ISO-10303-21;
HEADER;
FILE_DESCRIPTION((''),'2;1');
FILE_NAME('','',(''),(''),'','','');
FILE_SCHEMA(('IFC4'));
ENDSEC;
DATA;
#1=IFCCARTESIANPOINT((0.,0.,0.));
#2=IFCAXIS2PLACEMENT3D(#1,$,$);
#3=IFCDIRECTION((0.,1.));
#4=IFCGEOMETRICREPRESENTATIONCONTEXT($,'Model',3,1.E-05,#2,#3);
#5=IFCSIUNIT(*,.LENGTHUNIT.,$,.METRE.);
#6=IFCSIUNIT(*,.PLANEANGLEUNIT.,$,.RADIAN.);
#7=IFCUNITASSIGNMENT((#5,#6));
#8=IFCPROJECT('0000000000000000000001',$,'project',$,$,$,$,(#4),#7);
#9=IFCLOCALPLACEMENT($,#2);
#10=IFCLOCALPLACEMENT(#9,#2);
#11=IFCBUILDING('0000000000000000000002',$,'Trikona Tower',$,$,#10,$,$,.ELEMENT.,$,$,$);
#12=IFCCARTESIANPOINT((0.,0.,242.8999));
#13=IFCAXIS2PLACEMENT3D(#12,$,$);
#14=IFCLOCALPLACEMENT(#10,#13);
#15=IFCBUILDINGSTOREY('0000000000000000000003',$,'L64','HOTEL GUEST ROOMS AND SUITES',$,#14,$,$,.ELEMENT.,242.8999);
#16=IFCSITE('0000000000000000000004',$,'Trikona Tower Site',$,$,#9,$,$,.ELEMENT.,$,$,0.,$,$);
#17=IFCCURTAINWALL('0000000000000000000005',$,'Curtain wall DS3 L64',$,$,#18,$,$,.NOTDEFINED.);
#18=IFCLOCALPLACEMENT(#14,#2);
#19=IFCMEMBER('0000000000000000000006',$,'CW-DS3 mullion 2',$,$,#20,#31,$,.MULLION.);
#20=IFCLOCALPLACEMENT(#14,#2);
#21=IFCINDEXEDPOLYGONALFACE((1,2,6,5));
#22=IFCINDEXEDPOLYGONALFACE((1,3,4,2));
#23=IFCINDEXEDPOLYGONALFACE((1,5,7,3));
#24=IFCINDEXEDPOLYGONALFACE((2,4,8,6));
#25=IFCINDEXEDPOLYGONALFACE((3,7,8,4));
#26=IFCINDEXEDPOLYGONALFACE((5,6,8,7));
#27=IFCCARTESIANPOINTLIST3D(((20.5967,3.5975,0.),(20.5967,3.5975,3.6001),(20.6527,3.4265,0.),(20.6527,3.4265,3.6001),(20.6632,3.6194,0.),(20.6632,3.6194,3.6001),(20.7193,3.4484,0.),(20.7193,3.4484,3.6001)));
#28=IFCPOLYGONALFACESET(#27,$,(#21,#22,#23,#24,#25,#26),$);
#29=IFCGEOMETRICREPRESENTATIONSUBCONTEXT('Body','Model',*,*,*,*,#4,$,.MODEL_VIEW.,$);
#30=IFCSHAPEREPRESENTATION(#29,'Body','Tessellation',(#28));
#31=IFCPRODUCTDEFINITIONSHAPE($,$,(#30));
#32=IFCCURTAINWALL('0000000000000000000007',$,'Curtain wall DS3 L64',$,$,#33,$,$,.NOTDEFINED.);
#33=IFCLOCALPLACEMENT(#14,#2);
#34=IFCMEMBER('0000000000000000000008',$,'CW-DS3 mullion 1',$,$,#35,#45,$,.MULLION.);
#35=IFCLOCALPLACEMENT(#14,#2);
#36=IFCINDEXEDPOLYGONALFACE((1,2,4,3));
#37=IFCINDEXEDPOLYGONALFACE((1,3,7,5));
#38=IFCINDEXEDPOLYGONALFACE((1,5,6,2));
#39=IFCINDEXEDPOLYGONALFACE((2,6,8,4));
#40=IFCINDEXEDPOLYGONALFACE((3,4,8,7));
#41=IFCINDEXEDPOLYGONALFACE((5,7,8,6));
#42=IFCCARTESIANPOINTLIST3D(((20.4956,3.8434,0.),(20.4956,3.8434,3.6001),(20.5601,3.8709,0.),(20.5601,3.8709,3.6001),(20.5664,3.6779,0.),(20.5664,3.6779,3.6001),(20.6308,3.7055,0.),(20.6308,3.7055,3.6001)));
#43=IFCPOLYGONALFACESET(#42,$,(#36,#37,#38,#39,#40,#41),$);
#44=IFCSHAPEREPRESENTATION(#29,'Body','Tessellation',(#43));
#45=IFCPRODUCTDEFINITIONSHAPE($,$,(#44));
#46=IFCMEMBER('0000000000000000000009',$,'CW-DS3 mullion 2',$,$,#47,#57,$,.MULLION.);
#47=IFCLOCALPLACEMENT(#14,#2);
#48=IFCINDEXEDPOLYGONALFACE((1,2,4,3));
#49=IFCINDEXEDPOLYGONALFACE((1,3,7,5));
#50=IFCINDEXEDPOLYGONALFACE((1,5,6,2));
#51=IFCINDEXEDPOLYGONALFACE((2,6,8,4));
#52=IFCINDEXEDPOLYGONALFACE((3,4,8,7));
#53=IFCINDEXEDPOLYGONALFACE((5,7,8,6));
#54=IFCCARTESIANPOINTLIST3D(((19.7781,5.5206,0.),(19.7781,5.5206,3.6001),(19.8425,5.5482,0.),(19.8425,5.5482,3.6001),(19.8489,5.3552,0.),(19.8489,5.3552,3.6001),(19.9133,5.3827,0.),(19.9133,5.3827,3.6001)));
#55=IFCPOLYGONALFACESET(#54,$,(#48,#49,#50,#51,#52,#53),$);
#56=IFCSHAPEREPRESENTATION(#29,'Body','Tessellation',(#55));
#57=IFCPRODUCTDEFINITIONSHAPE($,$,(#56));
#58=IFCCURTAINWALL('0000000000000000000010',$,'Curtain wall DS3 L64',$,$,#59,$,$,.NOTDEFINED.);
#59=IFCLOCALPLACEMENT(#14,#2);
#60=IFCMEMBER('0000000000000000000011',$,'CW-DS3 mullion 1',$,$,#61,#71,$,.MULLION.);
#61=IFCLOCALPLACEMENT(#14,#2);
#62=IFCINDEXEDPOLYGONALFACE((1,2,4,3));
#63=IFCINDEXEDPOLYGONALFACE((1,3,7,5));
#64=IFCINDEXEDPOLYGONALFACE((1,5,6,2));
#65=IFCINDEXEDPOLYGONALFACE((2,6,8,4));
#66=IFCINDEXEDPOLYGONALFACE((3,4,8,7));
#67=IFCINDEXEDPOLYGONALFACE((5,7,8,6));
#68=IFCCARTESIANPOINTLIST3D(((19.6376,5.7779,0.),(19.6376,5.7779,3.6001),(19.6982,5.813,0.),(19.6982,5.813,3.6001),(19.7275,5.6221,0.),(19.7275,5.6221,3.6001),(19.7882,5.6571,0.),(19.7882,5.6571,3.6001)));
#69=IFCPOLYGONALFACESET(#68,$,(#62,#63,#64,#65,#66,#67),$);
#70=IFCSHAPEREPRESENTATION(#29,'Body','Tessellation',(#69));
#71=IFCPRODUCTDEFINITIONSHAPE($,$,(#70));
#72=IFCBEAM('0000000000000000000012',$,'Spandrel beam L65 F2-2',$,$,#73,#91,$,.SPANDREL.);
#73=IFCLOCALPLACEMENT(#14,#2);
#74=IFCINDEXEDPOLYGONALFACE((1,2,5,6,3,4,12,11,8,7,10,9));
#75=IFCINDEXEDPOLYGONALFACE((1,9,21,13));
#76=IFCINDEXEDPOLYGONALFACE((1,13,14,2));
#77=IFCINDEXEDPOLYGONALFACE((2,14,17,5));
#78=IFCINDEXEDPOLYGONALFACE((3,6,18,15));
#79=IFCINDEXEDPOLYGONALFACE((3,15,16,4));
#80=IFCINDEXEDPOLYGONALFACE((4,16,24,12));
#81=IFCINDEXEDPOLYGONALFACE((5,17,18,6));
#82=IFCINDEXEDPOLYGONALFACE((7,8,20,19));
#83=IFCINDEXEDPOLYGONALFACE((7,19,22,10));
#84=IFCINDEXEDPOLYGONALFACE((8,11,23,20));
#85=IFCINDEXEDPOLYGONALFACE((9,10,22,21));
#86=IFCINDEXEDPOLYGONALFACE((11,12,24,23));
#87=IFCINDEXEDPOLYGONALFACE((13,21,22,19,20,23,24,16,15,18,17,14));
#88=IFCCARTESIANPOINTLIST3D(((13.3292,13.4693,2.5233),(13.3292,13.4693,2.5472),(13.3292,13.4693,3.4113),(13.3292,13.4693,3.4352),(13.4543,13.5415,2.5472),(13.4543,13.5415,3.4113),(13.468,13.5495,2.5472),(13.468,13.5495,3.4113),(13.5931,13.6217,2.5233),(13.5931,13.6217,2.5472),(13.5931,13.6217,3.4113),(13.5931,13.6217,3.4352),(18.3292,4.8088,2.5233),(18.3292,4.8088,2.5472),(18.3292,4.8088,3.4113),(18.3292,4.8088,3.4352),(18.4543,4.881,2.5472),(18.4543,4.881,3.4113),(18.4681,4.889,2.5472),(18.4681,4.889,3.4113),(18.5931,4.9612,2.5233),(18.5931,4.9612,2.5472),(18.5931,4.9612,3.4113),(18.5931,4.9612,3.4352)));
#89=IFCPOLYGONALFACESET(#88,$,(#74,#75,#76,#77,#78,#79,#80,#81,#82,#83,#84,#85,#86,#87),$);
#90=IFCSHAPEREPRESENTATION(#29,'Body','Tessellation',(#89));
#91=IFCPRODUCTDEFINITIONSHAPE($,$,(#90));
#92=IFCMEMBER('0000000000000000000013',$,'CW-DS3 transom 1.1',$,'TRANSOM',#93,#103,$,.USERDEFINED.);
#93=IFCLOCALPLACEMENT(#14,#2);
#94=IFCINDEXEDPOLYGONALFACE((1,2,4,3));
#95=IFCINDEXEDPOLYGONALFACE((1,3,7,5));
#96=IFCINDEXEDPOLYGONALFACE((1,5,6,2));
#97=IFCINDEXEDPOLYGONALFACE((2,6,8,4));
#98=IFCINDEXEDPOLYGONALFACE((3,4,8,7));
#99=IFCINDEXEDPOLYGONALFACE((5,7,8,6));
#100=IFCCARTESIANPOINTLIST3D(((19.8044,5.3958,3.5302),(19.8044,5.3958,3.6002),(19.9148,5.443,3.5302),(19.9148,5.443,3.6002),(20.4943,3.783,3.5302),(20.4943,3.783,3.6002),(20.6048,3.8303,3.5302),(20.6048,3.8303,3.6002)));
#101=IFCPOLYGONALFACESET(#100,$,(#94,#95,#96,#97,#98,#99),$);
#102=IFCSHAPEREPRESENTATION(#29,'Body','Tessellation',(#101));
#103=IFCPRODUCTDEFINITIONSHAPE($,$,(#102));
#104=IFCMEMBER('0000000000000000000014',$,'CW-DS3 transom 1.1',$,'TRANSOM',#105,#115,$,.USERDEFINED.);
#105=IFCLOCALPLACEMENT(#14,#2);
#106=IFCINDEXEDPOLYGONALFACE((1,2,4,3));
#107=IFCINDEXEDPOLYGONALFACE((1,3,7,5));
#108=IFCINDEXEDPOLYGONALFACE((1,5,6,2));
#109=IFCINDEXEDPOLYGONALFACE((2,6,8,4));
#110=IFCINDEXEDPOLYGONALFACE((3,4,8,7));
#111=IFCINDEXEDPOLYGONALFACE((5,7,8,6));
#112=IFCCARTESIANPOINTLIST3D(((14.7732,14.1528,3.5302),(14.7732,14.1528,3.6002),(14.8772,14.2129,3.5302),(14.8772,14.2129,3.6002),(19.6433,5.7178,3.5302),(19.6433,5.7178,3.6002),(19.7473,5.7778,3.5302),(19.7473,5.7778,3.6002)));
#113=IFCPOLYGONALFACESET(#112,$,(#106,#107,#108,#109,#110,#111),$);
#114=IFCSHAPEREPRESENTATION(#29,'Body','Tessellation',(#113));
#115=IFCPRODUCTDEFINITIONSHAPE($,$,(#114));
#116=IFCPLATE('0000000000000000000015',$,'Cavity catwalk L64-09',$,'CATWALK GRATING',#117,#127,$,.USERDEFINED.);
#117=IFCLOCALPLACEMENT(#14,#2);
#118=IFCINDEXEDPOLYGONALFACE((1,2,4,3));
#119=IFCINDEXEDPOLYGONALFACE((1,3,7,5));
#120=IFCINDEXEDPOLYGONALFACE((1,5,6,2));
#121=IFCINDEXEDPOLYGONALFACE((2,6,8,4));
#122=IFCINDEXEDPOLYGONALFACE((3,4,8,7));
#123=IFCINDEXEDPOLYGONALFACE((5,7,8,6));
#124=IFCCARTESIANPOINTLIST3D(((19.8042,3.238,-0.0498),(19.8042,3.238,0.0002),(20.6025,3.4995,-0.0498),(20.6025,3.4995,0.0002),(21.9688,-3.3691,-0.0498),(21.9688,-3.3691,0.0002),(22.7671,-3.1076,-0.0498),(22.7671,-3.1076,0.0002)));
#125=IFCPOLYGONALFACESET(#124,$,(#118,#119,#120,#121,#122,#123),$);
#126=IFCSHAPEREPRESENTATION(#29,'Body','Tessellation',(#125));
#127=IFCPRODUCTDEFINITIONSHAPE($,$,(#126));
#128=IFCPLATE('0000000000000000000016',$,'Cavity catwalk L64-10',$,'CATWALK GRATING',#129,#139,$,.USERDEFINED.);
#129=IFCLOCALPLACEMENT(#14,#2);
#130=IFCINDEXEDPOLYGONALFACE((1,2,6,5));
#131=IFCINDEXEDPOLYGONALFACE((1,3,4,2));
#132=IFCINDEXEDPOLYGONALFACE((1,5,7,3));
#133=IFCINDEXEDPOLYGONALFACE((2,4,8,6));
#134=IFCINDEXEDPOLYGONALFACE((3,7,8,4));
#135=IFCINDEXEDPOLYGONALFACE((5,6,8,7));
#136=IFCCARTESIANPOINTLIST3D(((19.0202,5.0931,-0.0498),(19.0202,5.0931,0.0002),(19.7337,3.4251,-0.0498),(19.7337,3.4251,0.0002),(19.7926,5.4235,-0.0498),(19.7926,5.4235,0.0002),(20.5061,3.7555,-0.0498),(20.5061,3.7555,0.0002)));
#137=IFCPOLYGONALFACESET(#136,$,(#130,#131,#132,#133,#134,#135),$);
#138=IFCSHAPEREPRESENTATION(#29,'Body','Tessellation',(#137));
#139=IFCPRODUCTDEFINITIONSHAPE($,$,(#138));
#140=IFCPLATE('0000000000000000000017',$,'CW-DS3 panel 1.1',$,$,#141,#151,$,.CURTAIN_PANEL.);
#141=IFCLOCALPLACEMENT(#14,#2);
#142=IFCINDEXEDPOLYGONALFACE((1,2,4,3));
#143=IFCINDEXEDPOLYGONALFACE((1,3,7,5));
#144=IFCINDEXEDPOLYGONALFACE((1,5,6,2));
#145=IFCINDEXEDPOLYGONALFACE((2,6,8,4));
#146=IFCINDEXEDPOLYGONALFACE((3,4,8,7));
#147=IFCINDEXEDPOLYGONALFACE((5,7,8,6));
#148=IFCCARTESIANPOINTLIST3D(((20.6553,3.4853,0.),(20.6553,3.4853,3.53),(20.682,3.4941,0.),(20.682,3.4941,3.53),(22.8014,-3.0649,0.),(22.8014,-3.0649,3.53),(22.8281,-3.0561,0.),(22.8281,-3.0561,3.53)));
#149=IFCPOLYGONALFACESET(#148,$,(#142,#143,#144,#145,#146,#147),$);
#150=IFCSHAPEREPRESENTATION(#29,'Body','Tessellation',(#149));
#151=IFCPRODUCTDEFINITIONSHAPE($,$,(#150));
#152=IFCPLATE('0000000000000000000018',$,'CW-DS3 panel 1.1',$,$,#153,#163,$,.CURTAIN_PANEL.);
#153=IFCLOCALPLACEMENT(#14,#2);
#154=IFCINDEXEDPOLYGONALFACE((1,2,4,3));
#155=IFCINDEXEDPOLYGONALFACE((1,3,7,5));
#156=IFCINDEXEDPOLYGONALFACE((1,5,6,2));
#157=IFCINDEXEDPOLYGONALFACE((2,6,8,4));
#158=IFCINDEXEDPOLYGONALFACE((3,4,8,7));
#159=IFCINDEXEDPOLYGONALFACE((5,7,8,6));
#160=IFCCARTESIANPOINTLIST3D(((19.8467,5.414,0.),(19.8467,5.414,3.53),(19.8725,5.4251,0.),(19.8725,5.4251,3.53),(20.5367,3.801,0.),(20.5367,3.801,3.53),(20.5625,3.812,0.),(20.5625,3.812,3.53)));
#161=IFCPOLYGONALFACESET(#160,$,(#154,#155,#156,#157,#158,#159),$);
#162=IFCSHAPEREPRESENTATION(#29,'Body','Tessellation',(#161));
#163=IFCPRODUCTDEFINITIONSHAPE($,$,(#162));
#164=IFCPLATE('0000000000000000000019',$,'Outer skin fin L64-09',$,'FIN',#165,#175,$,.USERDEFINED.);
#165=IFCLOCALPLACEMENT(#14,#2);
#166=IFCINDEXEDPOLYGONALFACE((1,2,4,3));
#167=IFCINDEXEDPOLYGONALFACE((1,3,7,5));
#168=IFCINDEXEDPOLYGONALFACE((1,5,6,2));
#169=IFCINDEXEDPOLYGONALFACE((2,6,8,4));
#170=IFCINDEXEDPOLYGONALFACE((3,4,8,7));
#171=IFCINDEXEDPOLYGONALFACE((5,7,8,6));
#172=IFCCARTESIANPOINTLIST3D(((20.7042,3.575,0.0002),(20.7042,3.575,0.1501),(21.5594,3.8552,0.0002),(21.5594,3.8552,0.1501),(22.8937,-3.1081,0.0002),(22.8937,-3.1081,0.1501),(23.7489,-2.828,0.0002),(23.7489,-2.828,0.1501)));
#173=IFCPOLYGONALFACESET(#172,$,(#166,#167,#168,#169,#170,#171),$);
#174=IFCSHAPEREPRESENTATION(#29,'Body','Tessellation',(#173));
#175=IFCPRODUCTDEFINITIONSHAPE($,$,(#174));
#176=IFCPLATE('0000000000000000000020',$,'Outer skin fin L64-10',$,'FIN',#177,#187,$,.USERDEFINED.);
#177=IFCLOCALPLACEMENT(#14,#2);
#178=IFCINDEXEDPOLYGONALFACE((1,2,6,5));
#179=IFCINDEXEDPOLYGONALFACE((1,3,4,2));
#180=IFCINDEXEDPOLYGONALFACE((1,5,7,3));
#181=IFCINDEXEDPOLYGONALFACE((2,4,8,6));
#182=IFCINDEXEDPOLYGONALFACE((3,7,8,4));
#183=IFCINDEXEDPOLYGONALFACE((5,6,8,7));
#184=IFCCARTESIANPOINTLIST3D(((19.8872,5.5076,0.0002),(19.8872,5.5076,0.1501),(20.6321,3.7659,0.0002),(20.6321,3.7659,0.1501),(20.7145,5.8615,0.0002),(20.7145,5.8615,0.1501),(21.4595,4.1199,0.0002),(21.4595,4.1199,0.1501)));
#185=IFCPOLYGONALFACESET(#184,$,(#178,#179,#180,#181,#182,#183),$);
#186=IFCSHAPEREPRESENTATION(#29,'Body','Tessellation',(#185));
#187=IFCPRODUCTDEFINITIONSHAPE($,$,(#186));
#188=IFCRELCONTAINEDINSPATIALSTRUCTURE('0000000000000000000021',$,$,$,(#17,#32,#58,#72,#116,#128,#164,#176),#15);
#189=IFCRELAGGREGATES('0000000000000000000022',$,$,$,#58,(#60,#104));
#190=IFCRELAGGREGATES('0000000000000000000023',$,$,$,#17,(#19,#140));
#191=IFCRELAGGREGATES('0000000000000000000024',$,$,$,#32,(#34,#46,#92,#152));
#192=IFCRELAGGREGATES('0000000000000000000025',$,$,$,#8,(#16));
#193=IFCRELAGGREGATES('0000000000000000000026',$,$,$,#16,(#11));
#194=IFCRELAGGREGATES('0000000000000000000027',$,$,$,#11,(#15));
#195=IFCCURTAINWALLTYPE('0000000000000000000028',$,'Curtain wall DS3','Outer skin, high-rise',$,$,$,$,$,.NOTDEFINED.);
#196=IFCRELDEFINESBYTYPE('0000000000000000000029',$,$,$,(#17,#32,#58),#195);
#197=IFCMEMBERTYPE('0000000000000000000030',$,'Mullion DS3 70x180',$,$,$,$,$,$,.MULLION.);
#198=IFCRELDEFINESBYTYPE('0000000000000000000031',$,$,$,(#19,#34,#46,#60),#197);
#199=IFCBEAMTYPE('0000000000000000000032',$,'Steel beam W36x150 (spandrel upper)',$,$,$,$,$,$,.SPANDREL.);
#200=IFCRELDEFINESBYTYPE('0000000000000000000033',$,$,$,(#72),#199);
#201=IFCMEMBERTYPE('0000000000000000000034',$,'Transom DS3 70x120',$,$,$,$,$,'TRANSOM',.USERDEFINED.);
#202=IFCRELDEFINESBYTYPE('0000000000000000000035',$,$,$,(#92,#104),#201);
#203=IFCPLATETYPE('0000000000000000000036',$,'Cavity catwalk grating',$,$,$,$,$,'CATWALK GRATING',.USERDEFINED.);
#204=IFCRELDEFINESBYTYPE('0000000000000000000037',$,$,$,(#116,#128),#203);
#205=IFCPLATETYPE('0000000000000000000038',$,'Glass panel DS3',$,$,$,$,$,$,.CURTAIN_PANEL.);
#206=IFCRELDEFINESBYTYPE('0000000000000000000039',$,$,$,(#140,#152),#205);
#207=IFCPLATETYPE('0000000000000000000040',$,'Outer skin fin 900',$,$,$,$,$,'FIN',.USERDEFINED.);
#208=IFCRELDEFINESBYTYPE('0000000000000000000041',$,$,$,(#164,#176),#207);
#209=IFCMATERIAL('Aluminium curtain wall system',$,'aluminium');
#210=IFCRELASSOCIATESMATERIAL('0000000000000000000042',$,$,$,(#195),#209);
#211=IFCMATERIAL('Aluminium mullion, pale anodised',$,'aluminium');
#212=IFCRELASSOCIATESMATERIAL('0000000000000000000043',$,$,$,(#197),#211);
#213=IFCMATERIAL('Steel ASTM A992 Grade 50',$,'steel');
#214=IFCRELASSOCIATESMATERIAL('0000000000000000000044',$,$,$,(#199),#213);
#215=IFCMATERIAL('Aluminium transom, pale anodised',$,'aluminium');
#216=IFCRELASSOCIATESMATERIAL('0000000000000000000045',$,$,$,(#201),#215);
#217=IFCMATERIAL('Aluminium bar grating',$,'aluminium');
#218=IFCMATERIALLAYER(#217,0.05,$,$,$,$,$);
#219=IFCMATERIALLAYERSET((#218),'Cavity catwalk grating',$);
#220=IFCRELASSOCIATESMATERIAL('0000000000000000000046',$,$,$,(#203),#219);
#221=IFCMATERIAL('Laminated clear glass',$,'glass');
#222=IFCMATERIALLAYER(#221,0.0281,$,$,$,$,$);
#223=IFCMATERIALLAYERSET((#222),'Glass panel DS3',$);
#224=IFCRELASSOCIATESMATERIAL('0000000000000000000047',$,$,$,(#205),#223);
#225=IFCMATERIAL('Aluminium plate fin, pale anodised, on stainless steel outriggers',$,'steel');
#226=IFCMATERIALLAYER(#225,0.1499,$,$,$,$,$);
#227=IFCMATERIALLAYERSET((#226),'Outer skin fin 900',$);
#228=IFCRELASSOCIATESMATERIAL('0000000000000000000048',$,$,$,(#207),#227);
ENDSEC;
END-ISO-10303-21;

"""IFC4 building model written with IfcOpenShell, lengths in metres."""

from ifc_helpers import new_model, si_unit, direction, frame, origin, origin_2d, place, context, subcontext, project, spatial, rectangle, i_section, extrude, material, layer, layer_set, material_profile, profile_set, type_object, element, aggregate, save


model = new_model("IFC4")

# Units and contexts
model_context = context("Model", 3, precision=1e-05, world=origin(), true_north=direction((0.0, 1.0)))
body_context = subcontext(model_context, "Body", "Model", "MODEL_VIEW")
ifc_project = project(units=[si_unit("LENGTHUNIT", "METRE"), si_unit("PLANEANGLEUNIT", "RADIAN")], contexts=[model_context])

# Site, building, storey
site_placement = place(None, origin())
site = spatial("IfcSite", under=ifc_project, at=site_placement, Name="Trikona Tower Site", CompositionType="ELEMENT", RefElevation=0.0)
building_placement = place(site_placement, origin())
building = spatial("IfcBuilding", under=site, at=building_placement, Name="Trikona Tower", CompositionType="ELEMENT")
storey_placement = place(building_placement, frame((0.0, 0.0, 242.8999)))
storey = spatial("IfcBuildingStorey", under=building, at=storey_placement, Name="L64", Description="HOTEL GUEST ROOMS AND SUITES", CompositionType="ELEMENT", Elevation=242.8999)

# Curtain wall, member
ifc_material_1 = material(Name="Aluminium curtain wall system", Category="aluminium")
curtain_wall_type = type_object("IfcCurtainWallType", Name="Curtain wall DS3", Description="Outer skin, high-rise", PredefinedType="NOTDEFINED", material=ifc_material_1)
curtain_wall_1_placement = place(storey_placement, origin())
curtain_wall_1 = element("IfcCurtainWall", 1, at=curtain_wall_1_placement, inside=storey, type_object=curtain_wall_type, Name="Curtain wall DS3 L64", PredefinedType="NOTDEFINED")
ifc_material_2 = material(Name="Aluminium mullion, pale anodised", Category="aluminium")
ifc_material_profile_1 = material_profile(ifc_material_2, rectangle(XDim=0.0701, YDim=0.1799, at=origin_2d()), Name="MUL-DS3")
ifc_profile_set_1 = profile_set([ifc_material_profile_1], Name="Aluminium mullion, pale anodised")
member_type_1 = type_object("IfcMemberType", Name="Mullion DS3 70x180", PredefinedType="MULLION", material=ifc_profile_set_1)
member_1_placement = place(storey_placement, frame((20.658, 3.5229, 0.0), z_axis=(0.0, 0.0, 1.0), x_axis=(-0.950297, -0.311344, 0.0)))
member_1 = element("IfcMember", 2, at=member_1_placement, type_object=member_type_1, Name="CW-DS3 mullion 2", PredefinedType="MULLION", context=body_context, shape_type="SweptSolid", body=[
    extrude(rectangle(XDim=0.0701, YDim=0.1799, at=origin_2d()), origin(), (0.0, 0.0, 1.0), 3.6001),
])

# Curtain wall, members
curtain_wall_2_placement = place(storey_placement, origin())
curtain_wall_2 = element("IfcCurtainWall", 3, at=curtain_wall_2_placement, inside=storey, type_object=curtain_wall_type, Name="Curtain wall DS3 L64", PredefinedType="NOTDEFINED")
member_2_placement = place(storey_placement, frame((20.5632, 3.7744, 0.0), z_axis=(0.0, 0.0, 1.0), x_axis=(-0.919421, -0.393276, 0.0)))
member_2 = element("IfcMember", 4, at=member_2_placement, type_object=member_type_1, Name="CW-DS3 mullion 1", PredefinedType="MULLION", context=body_context, shape_type="SweptSolid", body=[
    extrude(rectangle(XDim=0.0701, YDim=0.1799, at=origin_2d()), origin(), (0.0, 0.0, 1.0), 3.6001),
])
member_3_placement = place(storey_placement, frame((19.8457, 5.4517, 0.0), z_axis=(0.0, 0.0, 1.0), x_axis=(-0.919421, -0.393276, 0.0)))
member_3 = element("IfcMember", 5, at=member_3_placement, type_object=member_type_1, Name="CW-DS3 mullion 2", PredefinedType="MULLION", context=body_context, shape_type="SweptSolid", body=[
    extrude(rectangle(XDim=0.0701, YDim=0.1799, at=origin_2d()), origin(), (0.0, 0.0, 1.0), 3.6001),
])

# Curtain wall, member
curtain_wall_3_placement = place(storey_placement, origin())
curtain_wall_3 = element("IfcCurtainWall", 6, at=curtain_wall_3_placement, inside=storey, type_object=curtain_wall_type, Name="Curtain wall DS3 L64", PredefinedType="NOTDEFINED")
member_4_placement = place(storey_placement, frame((19.7129, 5.7175, 0.0), z_axis=(0.0, 0.0, 1.0), x_axis=(-0.866025, -0.500001, 0.0)))
member_4 = element("IfcMember", 7, at=member_4_placement, type_object=member_type_1, Name="CW-DS3 mullion 1", PredefinedType="MULLION", context=body_context, shape_type="SweptSolid", body=[
    extrude(rectangle(XDim=0.0701, YDim=0.1799, at=origin_2d()), origin(), (0.0, 0.0, 1.0), 3.6001),
])

# Beam
ifc_material_3 = material(Name="Steel ASTM A992 Grade 50", Category="steel")
ifc_material_profile_2 = material_profile(ifc_material_3, i_section(OverallWidth=0.3047, OverallDepth=0.9119, WebThickness=0.0159, FlangeThickness=0.0239, at=origin_2d()), Name="W36X150")
ifc_profile_set_2 = profile_set([ifc_material_profile_2], Name="Steel ASTM A992 Grade 50")
beam_type = type_object("IfcBeamType", Name="Steel beam W36x150 (spandrel upper)", PredefinedType="SPANDREL", material=ifc_profile_set_2)
beam_placement = place(storey_placement, frame((18.4612, 4.885, 2.9792), z_axis=(-0.499994, 0.866029, 0.0), x_axis=(-0.866029, -0.499994, 0.0)))
element("IfcBeam", 8, at=beam_placement, inside=storey, type_object=beam_type, Name="Spandrel beam L65 F2-2", PredefinedType="SPANDREL", context=body_context, shape_type="SweptSolid", body=[
    extrude(i_section(OverallWidth=0.3047, OverallDepth=0.9119, WebThickness=0.0159, FlangeThickness=0.0239, at=origin_2d()), origin(), (0.0, 0.0, 1.0), 10.0002),
])

# Members
ifc_material_4 = material(Name="Aluminium transom, pale anodised", Category="aluminium")
ifc_material_profile_3 = material_profile(ifc_material_4, rectangle(XDim=0.1201, YDim=0.0701, at=origin_2d()), Name="TRN-DS3")
ifc_profile_set_3 = profile_set([ifc_material_profile_3], Name="Aluminium transom, pale anodised")
member_type_2 = type_object("IfcMemberType", Name="Transom DS3 70x120", ElementType="TRANSOM", PredefinedType="USERDEFINED", material=ifc_profile_set_3)
member_5_placement = place(storey_placement, frame((20.5496, 3.8066, 3.5652), z_axis=(-0.393315, 0.919404, 0.0), x_axis=(-0.919404, -0.393315, 0.0)))
member_5 = element("IfcMember", 9, at=member_5_placement, type_object=member_type_2, Name="CW-DS3 transom 1.1", ObjectType="TRANSOM", PredefinedType="USERDEFINED", context=body_context, shape_type="SweptSolid", body=[
    extrude(rectangle(XDim=0.1201, YDim=0.0701, at=origin_2d()), origin(), (0.0, 0.0, 1.0), 1.7542),
])
member_6_placement = place(storey_placement, frame((19.6953, 5.7478, 3.5652), z_axis=(-0.50001, 0.866019, 0.0), x_axis=(-0.866019, -0.50001, 0.0)))
member_6 = element("IfcMember", 10, at=member_6_placement, type_object=member_type_2, Name="CW-DS3 transom 1.1", ObjectType="TRANSOM", PredefinedType="USERDEFINED", context=body_context, shape_type="SweptSolid", body=[
    extrude(rectangle(XDim=0.1201, YDim=0.0701, at=origin_2d()), origin(), (0.0, 0.0, 1.0), 9.74),
])
aggregate(curtain_wall_3, [member_4, member_6])

# Plates
ifc_material_5 = material(Name="Aluminium bar grating", Category="aluminium")
ifc_layer_1 = layer(ifc_material_5, 0.05)
ifc_layer_set_1 = layer_set([ifc_layer_1], Name="Cavity catwalk grating")
plate_type_1 = type_object("IfcPlateType", Name="Cavity catwalk grating", ElementType="CATWALK GRATING", PredefinedType="USERDEFINED", material=ifc_layer_set_1)
plate_1_placement = place(storey_placement, frame((21.2856, 0.0652, -0.0498), z_axis=(0.0, 0.0, 1.0), x_axis=(-0.311337, 0.9503, 0.0)))
element("IfcPlate", 11, at=plate_1_placement, inside=storey, type_object=plate_type_1, Name="Cavity catwalk L64-09", ObjectType="CATWALK GRATING", PredefinedType="USERDEFINED", context=body_context, shape_type="SweptSolid", body=[
    extrude(rectangle(XDim=6.9526, YDim=0.8401, at=origin_2d()), origin(), (0.0, 0.0, 1.0), 0.05),
])
plate_2_placement = place(storey_placement, frame((19.7632, 4.4243, -0.0498), z_axis=(0.0, 0.0, 1.0), x_axis=(-0.393284, 0.919417, 0.0)))
element("IfcPlate", 12, at=plate_2_placement, inside=storey, type_object=plate_type_1, Name="Cavity catwalk L64-10", ObjectType="CATWALK GRATING", PredefinedType="USERDEFINED", context=body_context, shape_type="SweptSolid", body=[
    extrude(rectangle(XDim=1.8142, YDim=0.8401, at=origin_2d()), origin(), (0.0, 0.0, 1.0), 0.05),
])

# Plates
ifc_material_6 = material(Name="Laminated clear glass", Category="glass")
ifc_layer_2 = layer(ifc_material_6, 0.0281)
ifc_layer_set_2 = layer_set([ifc_layer_2], Name="Glass panel DS3")
plate_type_2 = type_object("IfcPlateType", Name="Glass panel DS3", PredefinedType="CURTAIN_PANEL", material=ifc_layer_set_2)
plate_3_placement = place(storey_placement, frame((21.7417, 0.2146, 0.0), z_axis=(0.0, 0.0, 1.0), x_axis=(-0.311344, 0.950297, 0.0)))
plate_3 = element("IfcPlate", 13, at=plate_3_placement, type_object=plate_type_2, Name="CW-DS3 panel 1.1", PredefinedType="CURTAIN_PANEL", context=body_context, shape_type="SweptSolid", body=[
    extrude(rectangle(XDim=6.8928, YDim=0.0281, at=origin_2d()), origin(), (0.0, 0.0, 1.0), 3.53),
])
aggregate(curtain_wall_1, [member_1, plate_3])
plate_4_placement = place(storey_placement, frame((20.2046, 4.613, 0.0), z_axis=(0.0, 0.0, 1.0), x_axis=(-0.393276, 0.919421, 0.0)))
plate_4 = element("IfcPlate", 14, at=plate_4_placement, type_object=plate_type_2, Name="CW-DS3 panel 1.1", PredefinedType="CURTAIN_PANEL", context=body_context, shape_type="SweptSolid", body=[
    extrude(rectangle(XDim=1.7544, YDim=0.0281, at=origin_2d()), origin(), (0.0, 0.0, 1.0), 3.53),
])
aggregate(curtain_wall_2, [member_2, member_3, member_5, plate_4])

# Plates
ifc_material_7 = material(Name="Aluminium plate fin, pale anodised, on stainless steel outriggers", Category="steel")
ifc_layer_3 = layer(ifc_material_7, 0.1499)
ifc_layer_set_3 = layer_set([ifc_layer_3], Name="Outer skin fin 900")
plate_type_3 = type_object("IfcPlateType", Name="Outer skin fin 900", ElementType="FIN", PredefinedType="USERDEFINED", material=ifc_layer_set_3)
plate_5_placement = place(storey_placement, frame((22.2266, 0.3735, 0.0002), z_axis=(0.0, 0.0, 1.0), x_axis=(-0.311337, 0.9503, 0.0)))
element("IfcPlate", 15, at=plate_5_placement, inside=storey, type_object=plate_type_3, Name="Outer skin fin L64-09", ObjectType="FIN", PredefinedType="USERDEFINED", context=body_context, shape_type="SweptSolid", body=[
    extrude(rectangle(XDim=7.0327, YDim=0.8999, at=origin_2d()), origin(), (0.0, 0.0, 1.0), 0.1499),
])
plate_6_placement = place(storey_placement, frame((20.6733, 4.8137, 0.0002), z_axis=(0.0, 0.0, 1.0), x_axis=(-0.393284, 0.919417, 0.0)))
element("IfcPlate", 16, at=plate_6_placement, inside=storey, type_object=plate_type_3, Name="Outer skin fin L64-10", ObjectType="FIN", PredefinedType="USERDEFINED", context=body_context, shape_type="SweptSolid", body=[
    extrude(rectangle(XDim=1.8943, YDim=0.8999, at=origin_2d()), origin(), (0.0, 0.0, 1.0), 0.1499),
])

save(model, "model.ifc")
